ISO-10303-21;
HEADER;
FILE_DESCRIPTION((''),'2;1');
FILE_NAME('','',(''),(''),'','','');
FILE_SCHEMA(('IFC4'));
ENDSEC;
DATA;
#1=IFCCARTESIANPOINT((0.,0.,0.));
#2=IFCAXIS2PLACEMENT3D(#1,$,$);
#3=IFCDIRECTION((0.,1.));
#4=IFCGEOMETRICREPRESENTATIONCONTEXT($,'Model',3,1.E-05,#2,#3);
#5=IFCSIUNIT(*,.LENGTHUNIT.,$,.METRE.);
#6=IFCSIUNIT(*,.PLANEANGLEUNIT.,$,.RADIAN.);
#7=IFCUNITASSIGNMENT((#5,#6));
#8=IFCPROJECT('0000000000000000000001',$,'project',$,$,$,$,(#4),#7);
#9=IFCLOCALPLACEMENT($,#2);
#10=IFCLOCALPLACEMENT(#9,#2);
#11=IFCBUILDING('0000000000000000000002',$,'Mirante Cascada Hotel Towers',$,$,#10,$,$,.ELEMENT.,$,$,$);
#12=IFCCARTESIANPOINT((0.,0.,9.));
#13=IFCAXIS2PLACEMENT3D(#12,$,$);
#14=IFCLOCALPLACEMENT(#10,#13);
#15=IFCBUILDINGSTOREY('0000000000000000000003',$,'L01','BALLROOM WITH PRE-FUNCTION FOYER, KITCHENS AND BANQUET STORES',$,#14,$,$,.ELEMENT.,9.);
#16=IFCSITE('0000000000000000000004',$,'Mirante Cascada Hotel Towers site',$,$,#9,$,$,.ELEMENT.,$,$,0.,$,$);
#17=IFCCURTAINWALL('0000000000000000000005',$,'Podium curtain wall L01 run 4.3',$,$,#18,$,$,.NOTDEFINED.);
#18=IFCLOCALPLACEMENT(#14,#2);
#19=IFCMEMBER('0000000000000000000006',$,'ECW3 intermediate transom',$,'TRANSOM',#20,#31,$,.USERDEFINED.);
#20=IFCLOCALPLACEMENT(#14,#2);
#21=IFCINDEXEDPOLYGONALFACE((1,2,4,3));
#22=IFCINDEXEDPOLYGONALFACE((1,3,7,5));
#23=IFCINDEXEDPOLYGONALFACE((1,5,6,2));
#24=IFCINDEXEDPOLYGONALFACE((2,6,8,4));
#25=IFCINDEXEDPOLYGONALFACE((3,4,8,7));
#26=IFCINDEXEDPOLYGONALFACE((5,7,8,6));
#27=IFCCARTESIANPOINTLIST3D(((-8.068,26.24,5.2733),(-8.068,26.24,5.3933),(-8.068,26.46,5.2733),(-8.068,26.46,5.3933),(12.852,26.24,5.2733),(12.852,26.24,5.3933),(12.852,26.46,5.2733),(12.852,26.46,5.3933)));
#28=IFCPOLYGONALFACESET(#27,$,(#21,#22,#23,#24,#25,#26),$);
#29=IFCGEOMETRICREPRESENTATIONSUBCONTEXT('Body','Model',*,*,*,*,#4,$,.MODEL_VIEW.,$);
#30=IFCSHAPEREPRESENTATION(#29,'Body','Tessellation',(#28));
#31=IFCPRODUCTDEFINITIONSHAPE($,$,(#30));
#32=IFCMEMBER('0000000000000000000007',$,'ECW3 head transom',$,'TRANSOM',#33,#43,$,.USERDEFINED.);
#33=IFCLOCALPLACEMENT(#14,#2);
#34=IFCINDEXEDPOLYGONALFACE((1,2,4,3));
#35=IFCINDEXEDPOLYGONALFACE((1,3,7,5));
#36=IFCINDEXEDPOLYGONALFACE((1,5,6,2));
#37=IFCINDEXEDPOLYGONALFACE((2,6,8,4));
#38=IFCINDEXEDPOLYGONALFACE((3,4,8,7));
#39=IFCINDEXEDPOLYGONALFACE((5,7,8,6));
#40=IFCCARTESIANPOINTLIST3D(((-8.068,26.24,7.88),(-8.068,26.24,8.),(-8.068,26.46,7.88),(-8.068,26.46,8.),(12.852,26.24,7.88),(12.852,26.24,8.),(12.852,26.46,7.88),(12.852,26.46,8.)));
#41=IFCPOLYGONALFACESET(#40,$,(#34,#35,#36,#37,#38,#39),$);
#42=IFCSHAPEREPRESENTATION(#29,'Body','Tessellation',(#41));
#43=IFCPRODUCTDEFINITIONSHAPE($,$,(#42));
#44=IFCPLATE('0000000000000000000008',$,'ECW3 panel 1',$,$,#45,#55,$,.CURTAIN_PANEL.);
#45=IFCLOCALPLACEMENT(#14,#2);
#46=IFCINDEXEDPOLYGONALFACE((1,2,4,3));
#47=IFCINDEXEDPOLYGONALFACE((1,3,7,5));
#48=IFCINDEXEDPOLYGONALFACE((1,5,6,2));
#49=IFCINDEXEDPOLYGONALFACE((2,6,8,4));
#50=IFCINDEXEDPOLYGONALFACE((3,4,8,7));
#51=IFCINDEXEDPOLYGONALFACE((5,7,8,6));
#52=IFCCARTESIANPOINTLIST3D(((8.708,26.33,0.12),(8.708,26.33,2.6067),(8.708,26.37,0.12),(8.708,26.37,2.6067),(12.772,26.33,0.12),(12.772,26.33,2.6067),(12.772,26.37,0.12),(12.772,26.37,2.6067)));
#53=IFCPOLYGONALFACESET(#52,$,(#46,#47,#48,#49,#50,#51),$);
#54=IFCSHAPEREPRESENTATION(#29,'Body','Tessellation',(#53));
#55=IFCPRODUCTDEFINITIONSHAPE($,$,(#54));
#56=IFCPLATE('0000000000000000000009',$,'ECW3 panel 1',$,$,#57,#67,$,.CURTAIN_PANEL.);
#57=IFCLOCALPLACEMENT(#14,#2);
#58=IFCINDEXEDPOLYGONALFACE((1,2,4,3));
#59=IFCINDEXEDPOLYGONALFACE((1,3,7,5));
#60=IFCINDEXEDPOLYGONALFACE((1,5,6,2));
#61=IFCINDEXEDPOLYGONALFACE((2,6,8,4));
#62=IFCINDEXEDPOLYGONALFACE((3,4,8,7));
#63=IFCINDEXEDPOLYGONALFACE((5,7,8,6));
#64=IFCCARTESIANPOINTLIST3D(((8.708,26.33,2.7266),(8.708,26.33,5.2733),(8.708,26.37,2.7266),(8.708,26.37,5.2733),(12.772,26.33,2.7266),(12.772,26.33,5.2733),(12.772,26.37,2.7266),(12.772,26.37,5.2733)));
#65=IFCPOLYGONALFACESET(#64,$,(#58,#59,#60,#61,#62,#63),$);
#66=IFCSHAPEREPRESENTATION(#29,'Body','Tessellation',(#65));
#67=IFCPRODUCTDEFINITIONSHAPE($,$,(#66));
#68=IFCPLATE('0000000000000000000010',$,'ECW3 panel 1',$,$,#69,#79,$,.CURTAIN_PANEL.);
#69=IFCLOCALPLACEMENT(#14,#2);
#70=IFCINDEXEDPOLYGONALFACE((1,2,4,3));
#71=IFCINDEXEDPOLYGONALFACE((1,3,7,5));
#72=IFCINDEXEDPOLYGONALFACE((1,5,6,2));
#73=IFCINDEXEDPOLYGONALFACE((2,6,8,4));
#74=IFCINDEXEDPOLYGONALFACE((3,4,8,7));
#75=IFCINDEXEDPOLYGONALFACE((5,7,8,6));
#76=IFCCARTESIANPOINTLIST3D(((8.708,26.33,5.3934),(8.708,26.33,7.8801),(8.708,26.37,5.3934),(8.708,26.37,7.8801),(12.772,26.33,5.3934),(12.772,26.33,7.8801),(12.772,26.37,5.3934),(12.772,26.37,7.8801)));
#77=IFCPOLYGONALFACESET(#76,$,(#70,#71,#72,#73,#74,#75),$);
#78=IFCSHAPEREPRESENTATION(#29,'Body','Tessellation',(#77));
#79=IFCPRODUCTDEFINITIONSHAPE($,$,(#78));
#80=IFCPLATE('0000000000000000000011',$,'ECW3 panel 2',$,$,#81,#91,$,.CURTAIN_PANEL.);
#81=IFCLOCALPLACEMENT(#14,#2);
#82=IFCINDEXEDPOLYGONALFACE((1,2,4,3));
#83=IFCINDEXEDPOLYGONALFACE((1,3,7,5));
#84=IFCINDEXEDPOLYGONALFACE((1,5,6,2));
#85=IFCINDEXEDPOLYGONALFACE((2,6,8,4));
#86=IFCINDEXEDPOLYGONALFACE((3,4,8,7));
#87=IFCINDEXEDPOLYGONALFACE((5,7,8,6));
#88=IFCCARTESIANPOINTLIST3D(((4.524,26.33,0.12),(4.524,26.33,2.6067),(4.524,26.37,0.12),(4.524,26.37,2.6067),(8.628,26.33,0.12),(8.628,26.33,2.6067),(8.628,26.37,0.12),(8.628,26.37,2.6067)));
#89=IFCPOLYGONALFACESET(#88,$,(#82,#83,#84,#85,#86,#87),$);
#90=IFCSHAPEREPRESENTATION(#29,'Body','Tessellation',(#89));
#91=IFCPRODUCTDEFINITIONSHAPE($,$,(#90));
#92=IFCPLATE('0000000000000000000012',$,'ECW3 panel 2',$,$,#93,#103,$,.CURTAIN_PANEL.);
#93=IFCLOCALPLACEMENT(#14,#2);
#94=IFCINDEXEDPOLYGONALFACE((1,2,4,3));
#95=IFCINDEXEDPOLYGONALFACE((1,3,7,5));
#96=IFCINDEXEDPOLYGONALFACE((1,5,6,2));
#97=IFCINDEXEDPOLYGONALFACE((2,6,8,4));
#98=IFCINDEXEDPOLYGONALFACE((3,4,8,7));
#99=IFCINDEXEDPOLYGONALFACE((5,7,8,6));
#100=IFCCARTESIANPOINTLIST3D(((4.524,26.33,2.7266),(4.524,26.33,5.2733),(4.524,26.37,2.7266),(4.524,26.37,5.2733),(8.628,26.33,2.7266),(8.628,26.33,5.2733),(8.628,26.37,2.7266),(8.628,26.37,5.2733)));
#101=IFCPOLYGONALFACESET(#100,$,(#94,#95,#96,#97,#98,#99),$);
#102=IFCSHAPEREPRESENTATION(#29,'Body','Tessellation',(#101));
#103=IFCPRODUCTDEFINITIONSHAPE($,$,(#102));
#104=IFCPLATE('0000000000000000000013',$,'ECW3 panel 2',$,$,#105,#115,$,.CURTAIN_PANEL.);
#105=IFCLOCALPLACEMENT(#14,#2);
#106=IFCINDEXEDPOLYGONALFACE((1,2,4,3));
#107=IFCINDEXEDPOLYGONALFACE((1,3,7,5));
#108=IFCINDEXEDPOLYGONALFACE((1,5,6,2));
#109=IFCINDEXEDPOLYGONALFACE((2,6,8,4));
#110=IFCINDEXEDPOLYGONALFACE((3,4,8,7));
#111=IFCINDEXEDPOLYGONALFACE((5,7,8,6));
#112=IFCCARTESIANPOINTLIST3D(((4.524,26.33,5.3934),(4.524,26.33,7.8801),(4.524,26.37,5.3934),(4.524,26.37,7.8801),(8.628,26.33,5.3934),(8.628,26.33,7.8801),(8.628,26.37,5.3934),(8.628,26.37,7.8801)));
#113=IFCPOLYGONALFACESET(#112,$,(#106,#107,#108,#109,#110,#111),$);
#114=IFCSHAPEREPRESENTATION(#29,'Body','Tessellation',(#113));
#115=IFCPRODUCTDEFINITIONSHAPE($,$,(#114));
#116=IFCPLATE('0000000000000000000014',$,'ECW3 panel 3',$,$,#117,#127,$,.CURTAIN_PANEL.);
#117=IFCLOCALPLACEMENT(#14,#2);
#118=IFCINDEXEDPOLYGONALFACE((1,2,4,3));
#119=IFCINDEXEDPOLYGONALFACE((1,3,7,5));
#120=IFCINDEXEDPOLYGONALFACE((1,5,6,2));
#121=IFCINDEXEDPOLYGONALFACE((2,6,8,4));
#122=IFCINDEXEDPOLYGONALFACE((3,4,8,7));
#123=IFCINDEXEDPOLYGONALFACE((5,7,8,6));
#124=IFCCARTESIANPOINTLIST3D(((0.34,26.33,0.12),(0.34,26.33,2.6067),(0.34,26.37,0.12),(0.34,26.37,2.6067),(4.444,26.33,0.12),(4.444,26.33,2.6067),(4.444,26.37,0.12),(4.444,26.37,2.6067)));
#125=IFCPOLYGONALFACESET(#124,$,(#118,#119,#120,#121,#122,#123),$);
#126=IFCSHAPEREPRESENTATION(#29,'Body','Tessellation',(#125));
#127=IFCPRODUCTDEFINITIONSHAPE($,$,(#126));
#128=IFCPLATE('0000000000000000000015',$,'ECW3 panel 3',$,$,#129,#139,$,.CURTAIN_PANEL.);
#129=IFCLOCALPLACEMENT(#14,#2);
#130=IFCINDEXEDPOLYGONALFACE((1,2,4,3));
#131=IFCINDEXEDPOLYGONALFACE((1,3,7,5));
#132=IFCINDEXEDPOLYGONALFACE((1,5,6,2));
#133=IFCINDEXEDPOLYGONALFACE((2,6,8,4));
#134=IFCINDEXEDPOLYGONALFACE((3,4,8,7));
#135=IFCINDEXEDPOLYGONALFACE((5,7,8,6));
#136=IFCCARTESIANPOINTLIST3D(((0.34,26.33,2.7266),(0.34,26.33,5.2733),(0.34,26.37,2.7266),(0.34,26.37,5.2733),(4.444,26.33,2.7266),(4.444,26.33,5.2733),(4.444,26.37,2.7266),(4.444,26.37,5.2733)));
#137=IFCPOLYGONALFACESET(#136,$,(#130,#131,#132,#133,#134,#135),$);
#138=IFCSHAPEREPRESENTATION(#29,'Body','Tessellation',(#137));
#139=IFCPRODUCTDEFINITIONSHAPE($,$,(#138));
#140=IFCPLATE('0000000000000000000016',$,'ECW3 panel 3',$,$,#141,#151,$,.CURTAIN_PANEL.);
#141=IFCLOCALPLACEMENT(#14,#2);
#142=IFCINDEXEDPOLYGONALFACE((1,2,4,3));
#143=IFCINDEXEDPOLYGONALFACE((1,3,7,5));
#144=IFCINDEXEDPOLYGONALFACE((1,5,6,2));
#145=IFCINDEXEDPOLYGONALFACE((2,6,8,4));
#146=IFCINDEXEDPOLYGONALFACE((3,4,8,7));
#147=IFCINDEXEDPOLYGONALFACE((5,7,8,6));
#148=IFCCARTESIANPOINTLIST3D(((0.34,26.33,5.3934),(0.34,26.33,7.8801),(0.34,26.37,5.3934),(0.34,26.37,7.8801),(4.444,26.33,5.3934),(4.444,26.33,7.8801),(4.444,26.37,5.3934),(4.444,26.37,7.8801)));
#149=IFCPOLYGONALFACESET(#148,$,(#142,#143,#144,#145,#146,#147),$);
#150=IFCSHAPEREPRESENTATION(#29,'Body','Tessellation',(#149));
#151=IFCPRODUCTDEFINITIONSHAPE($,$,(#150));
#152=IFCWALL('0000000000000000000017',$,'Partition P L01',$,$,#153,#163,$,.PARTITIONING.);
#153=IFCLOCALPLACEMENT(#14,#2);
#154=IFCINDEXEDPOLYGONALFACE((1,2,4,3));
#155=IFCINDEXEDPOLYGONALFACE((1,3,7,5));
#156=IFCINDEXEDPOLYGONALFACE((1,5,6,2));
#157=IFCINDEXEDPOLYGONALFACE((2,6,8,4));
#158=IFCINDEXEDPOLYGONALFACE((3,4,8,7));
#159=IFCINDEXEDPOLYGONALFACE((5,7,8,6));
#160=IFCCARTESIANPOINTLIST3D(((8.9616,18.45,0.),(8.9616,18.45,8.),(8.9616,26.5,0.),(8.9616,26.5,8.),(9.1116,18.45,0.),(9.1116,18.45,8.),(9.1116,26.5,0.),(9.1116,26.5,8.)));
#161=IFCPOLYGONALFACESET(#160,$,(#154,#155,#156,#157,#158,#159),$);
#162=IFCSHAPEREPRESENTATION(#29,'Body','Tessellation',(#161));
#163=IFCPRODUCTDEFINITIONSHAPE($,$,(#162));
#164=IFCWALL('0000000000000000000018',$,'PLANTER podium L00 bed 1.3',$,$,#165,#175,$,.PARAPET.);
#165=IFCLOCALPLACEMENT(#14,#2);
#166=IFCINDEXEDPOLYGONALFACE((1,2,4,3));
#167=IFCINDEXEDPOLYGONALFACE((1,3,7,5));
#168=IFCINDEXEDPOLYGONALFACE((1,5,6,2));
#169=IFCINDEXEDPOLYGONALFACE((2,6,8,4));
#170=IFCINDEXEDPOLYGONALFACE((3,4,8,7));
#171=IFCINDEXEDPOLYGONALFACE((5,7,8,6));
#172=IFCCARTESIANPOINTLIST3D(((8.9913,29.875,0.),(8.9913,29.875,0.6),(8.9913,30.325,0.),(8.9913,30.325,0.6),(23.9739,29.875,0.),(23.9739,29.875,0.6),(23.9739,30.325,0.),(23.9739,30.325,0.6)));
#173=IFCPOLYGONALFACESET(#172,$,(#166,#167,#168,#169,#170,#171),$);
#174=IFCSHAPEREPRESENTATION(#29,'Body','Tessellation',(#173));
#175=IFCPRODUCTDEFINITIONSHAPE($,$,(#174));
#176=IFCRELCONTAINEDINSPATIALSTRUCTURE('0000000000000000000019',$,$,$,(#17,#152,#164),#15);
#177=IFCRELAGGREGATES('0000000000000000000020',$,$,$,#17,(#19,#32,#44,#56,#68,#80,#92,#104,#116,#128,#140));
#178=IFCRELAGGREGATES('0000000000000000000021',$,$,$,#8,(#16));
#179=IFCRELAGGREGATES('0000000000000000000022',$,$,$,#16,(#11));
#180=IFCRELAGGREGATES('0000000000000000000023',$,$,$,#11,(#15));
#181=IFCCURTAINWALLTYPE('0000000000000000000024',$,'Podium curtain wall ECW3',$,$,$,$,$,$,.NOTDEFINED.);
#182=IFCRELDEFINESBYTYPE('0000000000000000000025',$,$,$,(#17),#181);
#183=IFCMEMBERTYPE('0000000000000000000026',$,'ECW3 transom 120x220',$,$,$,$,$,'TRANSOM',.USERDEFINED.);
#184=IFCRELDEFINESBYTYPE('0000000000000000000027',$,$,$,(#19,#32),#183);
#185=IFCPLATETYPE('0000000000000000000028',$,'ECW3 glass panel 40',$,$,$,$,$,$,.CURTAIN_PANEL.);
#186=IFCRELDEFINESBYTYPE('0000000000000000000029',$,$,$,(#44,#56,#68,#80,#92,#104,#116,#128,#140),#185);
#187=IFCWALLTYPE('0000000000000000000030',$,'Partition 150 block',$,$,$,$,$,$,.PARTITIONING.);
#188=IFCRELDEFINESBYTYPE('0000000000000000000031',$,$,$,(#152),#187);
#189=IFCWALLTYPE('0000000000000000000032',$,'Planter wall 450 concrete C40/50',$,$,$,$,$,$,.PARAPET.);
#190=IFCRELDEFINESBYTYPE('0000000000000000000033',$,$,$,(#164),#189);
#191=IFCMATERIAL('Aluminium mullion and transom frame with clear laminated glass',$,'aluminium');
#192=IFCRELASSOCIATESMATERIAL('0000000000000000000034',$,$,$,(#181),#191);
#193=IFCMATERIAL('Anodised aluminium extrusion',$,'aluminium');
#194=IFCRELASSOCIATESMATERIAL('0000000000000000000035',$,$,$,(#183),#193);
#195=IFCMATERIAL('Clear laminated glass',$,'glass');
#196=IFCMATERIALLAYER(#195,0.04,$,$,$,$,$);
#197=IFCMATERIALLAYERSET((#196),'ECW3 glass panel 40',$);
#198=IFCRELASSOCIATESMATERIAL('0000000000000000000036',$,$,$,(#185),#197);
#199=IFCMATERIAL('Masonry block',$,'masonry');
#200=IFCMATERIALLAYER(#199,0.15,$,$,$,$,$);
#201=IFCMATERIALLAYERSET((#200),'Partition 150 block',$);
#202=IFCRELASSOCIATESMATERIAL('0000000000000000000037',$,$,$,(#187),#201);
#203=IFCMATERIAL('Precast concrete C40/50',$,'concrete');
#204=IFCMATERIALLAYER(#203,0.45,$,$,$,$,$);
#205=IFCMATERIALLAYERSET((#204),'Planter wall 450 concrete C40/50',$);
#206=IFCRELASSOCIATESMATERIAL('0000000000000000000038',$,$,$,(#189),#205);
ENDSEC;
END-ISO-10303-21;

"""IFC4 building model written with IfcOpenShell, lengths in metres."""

from ifc_helpers import new_model, si_unit, direction, frame, frame_2d, origin, origin_2d, place, context, subcontext, project, spatial, rectangle, extrude, material, layer, layer_set, material_profile, profile_set, type_object, element, aggregate, save


model = new_model("IFC4")

# Units and contexts
model_context = context("Model", 3, precision=1e-05, world=origin(), true_north=direction((0.0, 1.0)))
body_context = subcontext(model_context, "Body", "Model", "MODEL_VIEW")
ifc_project = project(units=[si_unit("LENGTHUNIT", "METRE"), si_unit("PLANEANGLEUNIT", "RADIAN")], contexts=[model_context])

# Site, building, storey
site_placement = place(None, origin())
site = spatial("IfcSite", under=ifc_project, at=site_placement, Name="Mirante Cascada Hotel Towers site", CompositionType="ELEMENT", RefElevation=0.0)
building_placement = place(site_placement, origin())
building = spatial("IfcBuilding", under=site, at=building_placement, Name="Mirante Cascada Hotel Towers", CompositionType="ELEMENT")
storey_placement = place(building_placement, frame((0.0, 0.0, 9.0)))
storey = spatial("IfcBuildingStorey", under=building, at=storey_placement, Name="L01", Description="BALLROOM WITH PRE-FUNCTION FOYER, KITCHENS AND BANQUET STORES", CompositionType="ELEMENT", Elevation=9.0)

# Curtain wall, members, plates
ifc_material_1 = material(Name="Aluminium mullion and transom frame with clear laminated glass", Category="aluminium")
curtain_wall_type = type_object("IfcCurtainWallType", Name="Podium curtain wall ECW3", PredefinedType="NOTDEFINED", material=ifc_material_1)
curtain_wall_placement = place(storey_placement, origin())
curtain_wall = element("IfcCurtainWall", 1, at=curtain_wall_placement, inside=storey, type_object=curtain_wall_type, Name="Podium curtain wall L01 run 4.3", PredefinedType="NOTDEFINED")
ifc_material_2 = material(Name="Anodised aluminium extrusion", Category="aluminium")
ifc_material_profile_1 = material_profile(ifc_material_2, rectangle(XDim=0.22, YDim=0.12, at=origin_2d()), Name="ECW3 TRANSOM 120x220")
ifc_profile_set_1 = profile_set([ifc_material_profile_1], Name="Anodised aluminium extrusion")
member_type_1 = type_object("IfcMemberType", Name="ECW3 transom 120x220", ElementType="TRANSOM", PredefinedType="USERDEFINED", material=ifc_profile_set_1)
member_1_placement = place(storey_placement, frame((12.852, 26.35, 5.3333), z_axis=(-1.0, 0.0, 0.0), x_axis=(0.0, -1.0, 0.0)))
member_1 = element("IfcMember", 2, at=member_1_placement, type_object=member_type_1, Name="ECW3 intermediate transom", ObjectType="TRANSOM", PredefinedType="USERDEFINED", context=body_context, shape_type="SweptSolid", body=[
    extrude(rectangle(XDim=0.22, YDim=0.12, at=origin_2d()), origin(), (0.0, 0.0, 1.0), 20.92),
])
member_2_placement = place(storey_placement, frame((12.852, 26.35, 7.94), z_axis=(-1.0, 0.0, 0.0), x_axis=(0.0, -1.0, 0.0)))
member_2 = element("IfcMember", 3, at=member_2_placement, type_object=member_type_1, Name="ECW3 head transom", ObjectType="TRANSOM", PredefinedType="USERDEFINED", context=body_context, shape_type="SweptSolid", body=[
    extrude(rectangle(XDim=0.22, YDim=0.12, at=origin_2d()), origin(), (0.0, 0.0, 1.0), 20.92),
])
ifc_material_3 = material(Name="Clear laminated glass", Category="glass")
ifc_layer_1 = layer(ifc_material_3, 0.04)
ifc_layer_set_1 = layer_set([ifc_layer_1], Name="ECW3 glass panel 40")
plate_type = type_object("IfcPlateType", Name="ECW3 glass panel 40", PredefinedType="CURTAIN_PANEL", material=ifc_layer_set_1)
plate_1_placement = place(storey_placement, frame((10.74, 26.35, 0.12), z_axis=(0.0, 0.0, 1.0), x_axis=(-1.0, 0.0, 0.0)))
plate_1 = element("IfcPlate", 4, at=plate_1_placement, type_object=plate_type, Name="ECW3 panel 1", PredefinedType="CURTAIN_PANEL", context=body_context, shape_type="SweptSolid", body=[
    extrude(rectangle(XDim=4.064, YDim=0.04, at=origin_2d()), origin(), (0.0, 0.0, 1.0), 2.4867),
])
plate_2_placement = place(storey_placement, frame((10.74, 26.35, 2.7266), z_axis=(0.0, 0.0, 1.0), x_axis=(-1.0, 0.0, 0.0)))
plate_2 = element("IfcPlate", 5, at=plate_2_placement, type_object=plate_type, Name="ECW3 panel 1", PredefinedType="CURTAIN_PANEL", context=body_context, shape_type="SweptSolid", body=[
    extrude(rectangle(XDim=4.064, YDim=0.04, at=origin_2d()), origin(), (0.0, 0.0, 1.0), 2.5467),
])
plate_3_placement = place(storey_placement, frame((10.74, 26.35, 5.3934), z_axis=(0.0, 0.0, 1.0), x_axis=(-1.0, 0.0, 0.0)))
plate_3 = element("IfcPlate", 6, at=plate_3_placement, type_object=plate_type, Name="ECW3 panel 1", PredefinedType="CURTAIN_PANEL", context=body_context, shape_type="SweptSolid", body=[
    extrude(rectangle(XDim=4.064, YDim=0.04, at=origin_2d()), origin(), (0.0, 0.0, 1.0), 2.4867),
])
plate_4_placement = place(storey_placement, frame((6.576, 26.35, 0.12), z_axis=(0.0, 0.0, 1.0), x_axis=(-1.0, 0.0, 0.0)))
plate_4 = element("IfcPlate", 7, at=plate_4_placement, type_object=plate_type, Name="ECW3 panel 2", PredefinedType="CURTAIN_PANEL", context=body_context, shape_type="SweptSolid", body=[
    extrude(rectangle(XDim=4.104, YDim=0.04, at=origin_2d()), origin(), (0.0, 0.0, 1.0), 2.4867),
])
plate_5_placement = place(storey_placement, frame((6.576, 26.35, 2.7266), z_axis=(0.0, 0.0, 1.0), x_axis=(-1.0, 0.0, 0.0)))
plate_5 = element("IfcPlate", 8, at=plate_5_placement, type_object=plate_type, Name="ECW3 panel 2", PredefinedType="CURTAIN_PANEL", context=body_context, shape_type="SweptSolid", body=[
    extrude(rectangle(XDim=4.104, YDim=0.04, at=origin_2d()), origin(), (0.0, 0.0, 1.0), 2.5467),
])
plate_6_placement = place(storey_placement, frame((6.576, 26.35, 5.3934), z_axis=(0.0, 0.0, 1.0), x_axis=(-1.0, 0.0, 0.0)))
plate_6 = element("IfcPlate", 9, at=plate_6_placement, type_object=plate_type, Name="ECW3 panel 2", PredefinedType="CURTAIN_PANEL", context=body_context, shape_type="SweptSolid", body=[
    extrude(rectangle(XDim=4.104, YDim=0.04, at=origin_2d()), origin(), (0.0, 0.0, 1.0), 2.4867),
])
plate_7_placement = place(storey_placement, frame((2.392, 26.35, 0.12), z_axis=(0.0, 0.0, 1.0), x_axis=(-1.0, 0.0, 0.0)))
plate_7 = element("IfcPlate", 10, at=plate_7_placement, type_object=plate_type, Name="ECW3 panel 3", PredefinedType="CURTAIN_PANEL", context=body_context, shape_type="SweptSolid", body=[
    extrude(rectangle(XDim=4.104, YDim=0.04, at=origin_2d()), origin(), (0.0, 0.0, 1.0), 2.4867),
])
plate_8_placement = place(storey_placement, frame((2.392, 26.35, 2.7266), z_axis=(0.0, 0.0, 1.0), x_axis=(-1.0, 0.0, 0.0)))
plate_8 = element("IfcPlate", 11, at=plate_8_placement, type_object=plate_type, Name="ECW3 panel 3", PredefinedType="CURTAIN_PANEL", context=body_context, shape_type="SweptSolid", body=[
    extrude(rectangle(XDim=4.104, YDim=0.04, at=origin_2d()), origin(), (0.0, 0.0, 1.0), 2.5467),
])
plate_9_placement = place(storey_placement, frame((2.392, 26.35, 5.3934), z_axis=(0.0, 0.0, 1.0), x_axis=(-1.0, 0.0, 0.0)))
plate_9 = element("IfcPlate", 12, at=plate_9_placement, type_object=plate_type, Name="ECW3 panel 3", PredefinedType="CURTAIN_PANEL", context=body_context, shape_type="SweptSolid", body=[
    extrude(rectangle(XDim=4.104, YDim=0.04, at=origin_2d()), origin(), (0.0, 0.0, 1.0), 2.4867),
])
aggregate(curtain_wall, [member_1, member_2, plate_1, plate_2, plate_3, plate_4, plate_5, plate_6, plate_7, plate_8, plate_9])

# Walls
ifc_material_4 = material(Name="Masonry block", Category="masonry")
ifc_layer_2 = layer(ifc_material_4, 0.15)
ifc_layer_set_2 = layer_set([ifc_layer_2], Name="Partition 150 block")
wall_type_1 = type_object("IfcWallType", Name="Partition 150 block", PredefinedType="PARTITIONING", material=ifc_layer_set_2)
wall_1_placement = place(storey_placement, frame((9.0366, 18.45, 0.0), z_axis=(0.0, 0.0, 1.0), x_axis=(0.0, 1.0, 0.0)))
element("IfcWall", 13, at=wall_1_placement, inside=storey, type_object=wall_type_1, Name="Partition P L01", PredefinedType="PARTITIONING", context=body_context, shape_type="SweptSolid", body=[
    extrude(rectangle(XDim=8.05, YDim=0.15, at=frame_2d((4.025, 0.0))), origin(), (0.0, 0.0, 1.0), 8.0),
])
ifc_material_5 = material(Name="Precast concrete C40/50", Category="concrete")
ifc_layer_3 = layer(ifc_material_5, 0.45)
ifc_layer_set_3 = layer_set([ifc_layer_3], Name="Planter wall 450 concrete C40/50")
wall_type_2 = type_object("IfcWallType", Name="Planter wall 450 concrete C40/50", PredefinedType="PARAPET", material=ifc_layer_set_3)
wall_2_placement = place(storey_placement, frame((8.9913, 30.1, 0.0), z_axis=(0.0, 0.0, 1.0), x_axis=(1.0, 0.0, 0.0)))
element("IfcWall", 14, at=wall_2_placement, inside=storey, type_object=wall_type_2, Name="PLANTER podium L00 bed 1.3", PredefinedType="PARAPET", context=body_context, shape_type="SweptSolid", body=[
    extrude(rectangle(XDim=14.9826, YDim=0.45, at=frame_2d((7.4913, 0.0))), origin(), (0.0, 0.0, 1.0), 0.6),
])

save(model, "model.ifc")
